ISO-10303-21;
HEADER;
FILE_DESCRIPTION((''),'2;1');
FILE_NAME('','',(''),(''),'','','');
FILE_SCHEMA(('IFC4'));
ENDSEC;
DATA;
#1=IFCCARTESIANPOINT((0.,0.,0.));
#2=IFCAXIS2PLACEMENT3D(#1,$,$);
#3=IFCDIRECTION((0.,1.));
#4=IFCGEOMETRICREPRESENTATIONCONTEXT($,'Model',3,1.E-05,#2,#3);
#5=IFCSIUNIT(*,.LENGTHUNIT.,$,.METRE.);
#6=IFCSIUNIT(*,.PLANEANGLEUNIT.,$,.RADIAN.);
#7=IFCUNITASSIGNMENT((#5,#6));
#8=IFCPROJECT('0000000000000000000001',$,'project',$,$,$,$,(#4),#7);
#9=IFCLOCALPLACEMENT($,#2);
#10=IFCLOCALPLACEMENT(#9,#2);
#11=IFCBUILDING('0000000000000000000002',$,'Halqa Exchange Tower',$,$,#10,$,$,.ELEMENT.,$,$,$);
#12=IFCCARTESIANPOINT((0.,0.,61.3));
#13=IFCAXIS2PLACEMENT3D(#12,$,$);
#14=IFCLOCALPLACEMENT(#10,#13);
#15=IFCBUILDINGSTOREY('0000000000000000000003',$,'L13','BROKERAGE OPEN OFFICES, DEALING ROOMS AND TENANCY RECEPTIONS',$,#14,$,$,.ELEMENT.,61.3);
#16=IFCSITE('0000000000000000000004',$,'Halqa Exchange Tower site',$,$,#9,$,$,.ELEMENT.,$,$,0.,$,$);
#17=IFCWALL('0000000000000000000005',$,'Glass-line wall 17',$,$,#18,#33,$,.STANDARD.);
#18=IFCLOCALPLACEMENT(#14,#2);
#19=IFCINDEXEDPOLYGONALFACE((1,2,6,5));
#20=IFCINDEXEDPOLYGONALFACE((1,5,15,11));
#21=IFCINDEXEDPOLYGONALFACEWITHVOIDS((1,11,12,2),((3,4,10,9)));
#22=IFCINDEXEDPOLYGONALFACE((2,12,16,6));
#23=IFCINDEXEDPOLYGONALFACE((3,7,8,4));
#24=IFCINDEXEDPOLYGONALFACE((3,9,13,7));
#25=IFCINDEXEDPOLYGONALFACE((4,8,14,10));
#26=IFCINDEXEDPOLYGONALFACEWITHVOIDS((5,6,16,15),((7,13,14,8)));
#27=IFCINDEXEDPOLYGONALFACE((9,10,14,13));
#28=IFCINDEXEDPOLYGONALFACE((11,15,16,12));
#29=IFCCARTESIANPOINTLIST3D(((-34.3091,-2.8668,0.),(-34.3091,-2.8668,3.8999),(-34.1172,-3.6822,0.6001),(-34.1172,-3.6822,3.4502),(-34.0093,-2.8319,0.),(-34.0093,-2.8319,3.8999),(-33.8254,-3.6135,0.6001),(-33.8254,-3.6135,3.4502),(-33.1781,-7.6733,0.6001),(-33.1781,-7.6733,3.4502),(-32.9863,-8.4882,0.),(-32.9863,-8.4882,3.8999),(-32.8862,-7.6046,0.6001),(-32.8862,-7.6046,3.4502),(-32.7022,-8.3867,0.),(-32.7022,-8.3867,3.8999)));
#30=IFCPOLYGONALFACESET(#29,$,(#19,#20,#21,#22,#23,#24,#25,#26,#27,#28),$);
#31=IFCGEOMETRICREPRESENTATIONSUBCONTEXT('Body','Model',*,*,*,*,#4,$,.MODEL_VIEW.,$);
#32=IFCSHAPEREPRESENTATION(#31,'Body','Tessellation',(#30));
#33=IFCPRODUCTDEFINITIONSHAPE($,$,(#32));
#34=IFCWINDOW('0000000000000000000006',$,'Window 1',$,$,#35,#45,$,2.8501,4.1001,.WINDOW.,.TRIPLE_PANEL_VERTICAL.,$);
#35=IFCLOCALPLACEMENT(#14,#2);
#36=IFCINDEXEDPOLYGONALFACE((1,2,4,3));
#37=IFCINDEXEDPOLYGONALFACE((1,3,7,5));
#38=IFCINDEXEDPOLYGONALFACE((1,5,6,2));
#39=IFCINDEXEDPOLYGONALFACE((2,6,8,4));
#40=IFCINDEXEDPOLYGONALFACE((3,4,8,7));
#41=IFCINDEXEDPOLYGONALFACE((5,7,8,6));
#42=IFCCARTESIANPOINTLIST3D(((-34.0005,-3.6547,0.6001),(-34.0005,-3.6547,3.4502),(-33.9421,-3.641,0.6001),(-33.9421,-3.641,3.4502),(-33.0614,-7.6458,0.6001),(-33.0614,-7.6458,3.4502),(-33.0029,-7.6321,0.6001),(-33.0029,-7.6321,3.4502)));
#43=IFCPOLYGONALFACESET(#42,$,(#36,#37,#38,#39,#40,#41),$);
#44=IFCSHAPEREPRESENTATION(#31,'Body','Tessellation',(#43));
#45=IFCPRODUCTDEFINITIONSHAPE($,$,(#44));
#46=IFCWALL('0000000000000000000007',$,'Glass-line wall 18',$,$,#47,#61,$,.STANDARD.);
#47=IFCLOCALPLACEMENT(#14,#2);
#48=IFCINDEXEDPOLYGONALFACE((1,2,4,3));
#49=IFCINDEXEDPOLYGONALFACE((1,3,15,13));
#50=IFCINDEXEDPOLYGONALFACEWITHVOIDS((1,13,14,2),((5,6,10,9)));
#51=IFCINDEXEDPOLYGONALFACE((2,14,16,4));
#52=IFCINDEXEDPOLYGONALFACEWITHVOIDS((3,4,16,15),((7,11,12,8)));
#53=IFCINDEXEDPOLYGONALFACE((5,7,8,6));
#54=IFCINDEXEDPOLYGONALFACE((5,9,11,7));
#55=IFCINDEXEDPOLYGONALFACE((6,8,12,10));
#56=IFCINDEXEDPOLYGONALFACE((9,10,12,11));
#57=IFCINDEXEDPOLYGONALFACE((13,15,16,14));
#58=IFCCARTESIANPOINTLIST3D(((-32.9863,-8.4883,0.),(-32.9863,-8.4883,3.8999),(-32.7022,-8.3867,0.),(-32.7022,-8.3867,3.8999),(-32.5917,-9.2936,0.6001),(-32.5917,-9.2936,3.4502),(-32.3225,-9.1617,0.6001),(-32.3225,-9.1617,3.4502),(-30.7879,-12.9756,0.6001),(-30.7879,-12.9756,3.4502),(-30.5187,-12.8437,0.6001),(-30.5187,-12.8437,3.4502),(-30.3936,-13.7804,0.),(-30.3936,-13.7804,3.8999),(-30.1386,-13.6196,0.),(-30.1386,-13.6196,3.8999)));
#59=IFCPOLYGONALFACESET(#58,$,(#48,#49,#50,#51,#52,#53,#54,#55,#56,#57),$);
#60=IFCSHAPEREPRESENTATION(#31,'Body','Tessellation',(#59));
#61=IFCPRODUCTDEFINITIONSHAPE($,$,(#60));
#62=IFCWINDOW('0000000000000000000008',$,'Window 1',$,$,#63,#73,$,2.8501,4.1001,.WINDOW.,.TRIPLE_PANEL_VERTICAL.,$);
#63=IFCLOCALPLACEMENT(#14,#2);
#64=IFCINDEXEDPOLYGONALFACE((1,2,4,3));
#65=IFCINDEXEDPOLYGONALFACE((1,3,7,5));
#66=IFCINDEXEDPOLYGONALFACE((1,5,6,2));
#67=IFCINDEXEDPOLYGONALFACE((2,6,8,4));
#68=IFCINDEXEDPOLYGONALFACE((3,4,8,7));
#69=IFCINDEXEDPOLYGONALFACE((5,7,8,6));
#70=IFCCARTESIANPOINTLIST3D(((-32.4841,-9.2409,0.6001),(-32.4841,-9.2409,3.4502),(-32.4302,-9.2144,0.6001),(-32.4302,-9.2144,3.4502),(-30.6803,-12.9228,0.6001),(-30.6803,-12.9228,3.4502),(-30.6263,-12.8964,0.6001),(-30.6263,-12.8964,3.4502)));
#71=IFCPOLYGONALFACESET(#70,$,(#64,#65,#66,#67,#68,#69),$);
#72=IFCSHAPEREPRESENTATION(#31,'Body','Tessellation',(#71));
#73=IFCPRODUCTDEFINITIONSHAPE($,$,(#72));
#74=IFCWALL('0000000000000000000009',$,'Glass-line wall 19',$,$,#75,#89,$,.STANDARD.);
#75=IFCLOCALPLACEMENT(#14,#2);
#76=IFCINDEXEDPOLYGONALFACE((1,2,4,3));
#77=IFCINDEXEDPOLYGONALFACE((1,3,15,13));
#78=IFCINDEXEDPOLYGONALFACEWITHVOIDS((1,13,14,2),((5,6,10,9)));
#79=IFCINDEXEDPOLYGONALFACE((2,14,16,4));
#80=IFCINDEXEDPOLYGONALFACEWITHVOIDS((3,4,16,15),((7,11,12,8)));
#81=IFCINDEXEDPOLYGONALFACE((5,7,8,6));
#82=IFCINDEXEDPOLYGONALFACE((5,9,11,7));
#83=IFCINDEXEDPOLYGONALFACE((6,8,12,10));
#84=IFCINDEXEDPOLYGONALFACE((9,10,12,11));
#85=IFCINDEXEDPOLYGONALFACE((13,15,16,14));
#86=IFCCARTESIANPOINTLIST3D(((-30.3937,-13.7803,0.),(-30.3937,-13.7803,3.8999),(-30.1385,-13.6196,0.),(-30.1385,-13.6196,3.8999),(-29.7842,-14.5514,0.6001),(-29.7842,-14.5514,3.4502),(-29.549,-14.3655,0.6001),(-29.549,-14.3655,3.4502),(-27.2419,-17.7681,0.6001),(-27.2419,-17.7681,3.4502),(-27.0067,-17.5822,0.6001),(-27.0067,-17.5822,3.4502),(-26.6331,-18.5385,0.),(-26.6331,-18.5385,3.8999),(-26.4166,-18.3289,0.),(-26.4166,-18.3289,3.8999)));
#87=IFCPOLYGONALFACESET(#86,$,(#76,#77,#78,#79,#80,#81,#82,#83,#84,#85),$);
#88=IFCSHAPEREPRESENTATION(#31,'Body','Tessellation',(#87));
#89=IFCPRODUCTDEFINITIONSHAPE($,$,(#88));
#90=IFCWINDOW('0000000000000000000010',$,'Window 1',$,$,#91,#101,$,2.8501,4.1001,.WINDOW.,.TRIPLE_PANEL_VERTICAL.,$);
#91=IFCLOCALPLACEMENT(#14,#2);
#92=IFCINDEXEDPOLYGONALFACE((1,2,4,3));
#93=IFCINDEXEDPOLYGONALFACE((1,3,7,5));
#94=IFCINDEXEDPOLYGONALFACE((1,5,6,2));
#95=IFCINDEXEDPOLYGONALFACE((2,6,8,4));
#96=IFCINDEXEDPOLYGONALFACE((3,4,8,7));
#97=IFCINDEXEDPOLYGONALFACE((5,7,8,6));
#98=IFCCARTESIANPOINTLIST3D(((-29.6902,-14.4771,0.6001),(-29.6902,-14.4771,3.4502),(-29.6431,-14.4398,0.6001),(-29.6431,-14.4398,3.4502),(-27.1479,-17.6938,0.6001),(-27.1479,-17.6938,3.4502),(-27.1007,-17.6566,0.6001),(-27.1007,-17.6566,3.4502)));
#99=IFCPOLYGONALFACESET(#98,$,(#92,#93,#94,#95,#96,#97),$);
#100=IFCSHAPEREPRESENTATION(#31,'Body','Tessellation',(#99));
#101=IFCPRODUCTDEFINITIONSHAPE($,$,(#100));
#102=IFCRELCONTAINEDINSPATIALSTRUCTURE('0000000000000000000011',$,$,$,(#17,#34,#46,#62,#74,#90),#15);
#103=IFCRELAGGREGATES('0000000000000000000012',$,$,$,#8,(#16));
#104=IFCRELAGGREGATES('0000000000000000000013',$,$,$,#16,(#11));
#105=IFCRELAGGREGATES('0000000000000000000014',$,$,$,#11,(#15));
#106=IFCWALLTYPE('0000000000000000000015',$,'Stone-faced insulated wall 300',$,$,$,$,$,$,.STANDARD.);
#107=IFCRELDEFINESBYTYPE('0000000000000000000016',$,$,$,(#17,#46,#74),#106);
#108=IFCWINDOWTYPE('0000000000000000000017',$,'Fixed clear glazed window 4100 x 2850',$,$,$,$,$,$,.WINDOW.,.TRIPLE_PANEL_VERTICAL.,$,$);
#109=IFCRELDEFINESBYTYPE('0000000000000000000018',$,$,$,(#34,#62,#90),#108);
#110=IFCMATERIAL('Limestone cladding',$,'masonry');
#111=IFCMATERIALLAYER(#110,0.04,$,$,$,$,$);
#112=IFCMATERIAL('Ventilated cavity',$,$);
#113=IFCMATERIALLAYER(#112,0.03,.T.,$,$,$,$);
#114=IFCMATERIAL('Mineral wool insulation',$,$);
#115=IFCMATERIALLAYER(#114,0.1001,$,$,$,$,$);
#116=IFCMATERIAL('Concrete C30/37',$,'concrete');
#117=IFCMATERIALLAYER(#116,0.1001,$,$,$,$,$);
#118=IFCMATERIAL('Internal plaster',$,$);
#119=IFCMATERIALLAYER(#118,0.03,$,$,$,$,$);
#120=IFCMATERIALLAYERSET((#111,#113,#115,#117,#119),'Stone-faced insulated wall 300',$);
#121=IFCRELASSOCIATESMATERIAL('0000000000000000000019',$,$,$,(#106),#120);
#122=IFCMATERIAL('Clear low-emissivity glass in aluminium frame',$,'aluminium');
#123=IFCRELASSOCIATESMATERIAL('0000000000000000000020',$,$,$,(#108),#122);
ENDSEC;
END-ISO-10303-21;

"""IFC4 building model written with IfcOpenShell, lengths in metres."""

from ifc_helpers import new_model, si_unit, direction, frame, frame_2d, origin, place, context, subcontext, project, spatial, polyline, rectangle, outline, extrude, material, layer, layer_set, type_object, element, fill, save


model = new_model("IFC4")

# Units and contexts
model_context = context("Model", 3, precision=1e-05, world=origin(), true_north=direction((0.0, 1.0)))
body_context = subcontext(model_context, "Body", "Model", "MODEL_VIEW")
ifc_project = project(units=[si_unit("LENGTHUNIT", "METRE"), si_unit("PLANEANGLEUNIT", "RADIAN")], contexts=[model_context])

# Site, building, storey
site_placement = place(None, origin())
site = spatial("IfcSite", under=ifc_project, at=site_placement, Name="Halqa Exchange Tower site", CompositionType="ELEMENT", RefElevation=0.0)
building_placement = place(site_placement, origin())
building = spatial("IfcBuilding", under=site, at=building_placement, Name="Halqa Exchange Tower", CompositionType="ELEMENT")
storey_placement = place(building_placement, frame((0.0, 0.0, 61.3)))
storey = spatial("IfcBuildingStorey", under=building, at=storey_placement, Name="L13", Description="BROKERAGE OPEN OFFICES, DEALING ROOMS AND TENANCY RECEPTIONS", CompositionType="ELEMENT", Elevation=61.3)

# Walls, openings, windows
ifc_material_1 = material(Name="Limestone cladding", Category="masonry")
ifc_layer_1 = layer(ifc_material_1, 0.04)
ifc_material_2 = material(Name="Ventilated cavity")
ifc_layer_2 = layer(ifc_material_2, 0.03, ventilated=True)
ifc_material_3 = material(Name="Mineral wool insulation")
ifc_layer_3 = layer(ifc_material_3, 0.1001)
ifc_material_4 = material(Name="Concrete C30/37", Category="concrete")
ifc_layer_4 = layer(ifc_material_4, 0.1001)
ifc_material_5 = material(Name="Internal plaster")
ifc_layer_5 = layer(ifc_material_5, 0.03)
ifc_layer_set_1 = layer_set([ifc_layer_1, ifc_layer_2, ifc_layer_3, ifc_layer_4, ifc_layer_5], Name="Stone-faced insulated wall 300")
wall_type_1 = type_object("IfcWallType", Name="Stone-faced insulated wall 300", PredefinedType="STANDARD", material=ifc_layer_set_1)
wall_1_placement = place(storey_placement, frame((-34.1592, -2.8494, 0.0), z_axis=(0.0, 0.0, 1.0), x_axis=(0.229054, -0.973414, 0.0)))
wall_1 = element("IfcWall", 1, at=wall_1_placement, inside=storey, type_object=wall_type_1, Name="Glass-line wall 17", PredefinedType="STANDARD", context=body_context, shape_type="SweptSolid", body=[
    extrude(outline(polyline([(-0.0173, -0.1499), (5.7576, -0.1499), (5.7239, 0.1499), (0.0173, 0.1499), (-0.0173, -0.1499)])), origin(), (0.0, 0.0, 1.0), 3.8999),
])
opening_1_placement = place(wall_1_placement, frame((0.8203, 0.0, 0.6001)))
opening_1 = element("IfcOpeningElement", 2, at=opening_1_placement, cuts=wall_1, PredefinedType="OPENING", context=body_context, shape_type="SweptSolid", body=[
    extrude(rectangle(XDim=4.1001, YDim=2.8501, at=frame_2d((2.05, 1.425))), frame((0.0, 0.1621, 0.0), z_axis=(0.0, -1.0, 0.0), x_axis=(1.0, 0.0, 0.0)), (0.0, 0.0, 1.0), 0.324),
])
ifc_material_6 = material(Name="Clear low-emissivity glass in aluminium frame", Category="aluminium")
window_type = type_object("IfcWindowType", Name="Fixed clear glazed window 4100 x 2850", PartitioningType="TRIPLE_PANEL_VERTICAL", PredefinedType="WINDOW", material=ifc_material_6)
window_1_placement = place(opening_1_placement, origin())
window_1 = element("IfcWindow", 3, at=window_1_placement, inside=storey, type_object=window_type, Name="Window 1", OverallHeight=2.8501, OverallWidth=4.1001, PartitioningType="TRIPLE_PANEL_VERTICAL", PredefinedType="WINDOW", context=body_context, shape_type="SweptSolid", body=[
    extrude(rectangle(XDim=4.1001, YDim=2.8501, at=frame_2d((2.05, 1.425))), frame((0.0, 0.03, 0.0), z_axis=(0.0, -1.0, 0.0), x_axis=(1.0, 0.0, 0.0)), (0.0, 0.0, 1.0), 0.0601),
])
fill(opening_1, window_1)
wall_2_placement = place(storey_placement, frame((-32.8442, -8.4375, 0.0), z_axis=(0.0, 0.0, 1.0), x_axis=(0.43995, -0.898022, 0.0)))
wall_2 = element("IfcWall", 4, at=wall_2_placement, inside=storey, type_object=wall_type_1, Name="Glass-line wall 18", PredefinedType="STANDARD", context=body_context, shape_type="SweptSolid", body=[
    extrude(outline(polyline([(-0.0168, -0.1499), (5.8762, -0.1499), (5.844, 0.1499), (0.0168, 0.1499), (-0.0168, -0.1499)])), origin(), (0.0, 0.0, 1.0), 3.8999),
])
opening_2_placement = place(wall_2_placement, frame((0.8799, 0.0, 0.6001)))
opening_2 = element("IfcOpeningElement", 5, at=opening_2_placement, cuts=wall_2, PredefinedType="OPENING", context=body_context, shape_type="SweptSolid", body=[
    extrude(rectangle(XDim=4.1001, YDim=2.8501, at=frame_2d((2.05, 1.425))), frame((0.0, 0.1621, 0.0), z_axis=(0.0, -1.0, 0.0), x_axis=(1.0, 0.0, 0.0)), (0.0, 0.0, 1.0), 0.324),
])
window_2_placement = place(opening_2_placement, origin())
window_2 = element("IfcWindow", 6, at=window_2_placement, inside=storey, type_object=window_type, Name="Window 1", OverallHeight=2.8501, OverallWidth=4.1001, PartitioningType="TRIPLE_PANEL_VERTICAL", PredefinedType="WINDOW", context=body_context, shape_type="SweptSolid", body=[
    extrude(rectangle(XDim=4.1001, YDim=2.8501, at=frame_2d((2.05, 1.425))), frame((0.0, 0.03, 0.0), z_axis=(0.0, -1.0, 0.0), x_axis=(1.0, 0.0, 0.0)), (0.0, 0.0, 1.0), 0.0601),
])
fill(opening_2, window_2)
wall_3_placement = place(storey_placement, frame((-30.2661, -13.7, 0.0), z_axis=(0.0, 0.0, 1.0), x_axis=(0.620065, -0.78455, 0.0)))
wall_3 = element("IfcWall", 7, at=wall_3_placement, inside=storey, type_object=wall_type_1, Name="Glass-line wall 19", PredefinedType="STANDARD", context=body_context, shape_type="SweptSolid", body=[
    extrude(outline(polyline([(-0.0161, -0.1499), (6.0488, -0.1499), (6.0186, 0.1499), (0.0161, 0.1499), (-0.0161, -0.1499)])), origin(), (0.0, 0.0, 1.0), 3.8999),
])
opening_3_placement = place(wall_3_placement, frame((0.9668, 0.0, 0.6001)))
opening_3 = element("IfcOpeningElement", 8, at=opening_3_placement, cuts=wall_3, PredefinedType="OPENING", context=body_context, shape_type="SweptSolid", body=[
    extrude(rectangle(XDim=4.1001, YDim=2.8501, at=frame_2d((2.05, 1.425))), frame((0.0, 0.1621, 0.0), z_axis=(0.0, -1.0, 0.0), x_axis=(1.0, 0.0, 0.0)), (0.0, 0.0, 1.0), 0.324),
])
window_3_placement = place(opening_3_placement, origin())
window_3 = element("IfcWindow", 9, at=window_3_placement, inside=storey, type_object=window_type, Name="Window 1", OverallHeight=2.8501, OverallWidth=4.1001, PartitioningType="TRIPLE_PANEL_VERTICAL", PredefinedType="WINDOW", context=body_context, shape_type="SweptSolid", body=[
    extrude(rectangle(XDim=4.1001, YDim=2.8501, at=frame_2d((2.05, 1.425))), frame((0.0, 0.03, 0.0), z_axis=(0.0, -1.0, 0.0), x_axis=(1.0, 0.0, 0.0)), (0.0, 0.0, 1.0), 0.0601),
])
fill(opening_3, window_3)

save(model, "model.ifc")
